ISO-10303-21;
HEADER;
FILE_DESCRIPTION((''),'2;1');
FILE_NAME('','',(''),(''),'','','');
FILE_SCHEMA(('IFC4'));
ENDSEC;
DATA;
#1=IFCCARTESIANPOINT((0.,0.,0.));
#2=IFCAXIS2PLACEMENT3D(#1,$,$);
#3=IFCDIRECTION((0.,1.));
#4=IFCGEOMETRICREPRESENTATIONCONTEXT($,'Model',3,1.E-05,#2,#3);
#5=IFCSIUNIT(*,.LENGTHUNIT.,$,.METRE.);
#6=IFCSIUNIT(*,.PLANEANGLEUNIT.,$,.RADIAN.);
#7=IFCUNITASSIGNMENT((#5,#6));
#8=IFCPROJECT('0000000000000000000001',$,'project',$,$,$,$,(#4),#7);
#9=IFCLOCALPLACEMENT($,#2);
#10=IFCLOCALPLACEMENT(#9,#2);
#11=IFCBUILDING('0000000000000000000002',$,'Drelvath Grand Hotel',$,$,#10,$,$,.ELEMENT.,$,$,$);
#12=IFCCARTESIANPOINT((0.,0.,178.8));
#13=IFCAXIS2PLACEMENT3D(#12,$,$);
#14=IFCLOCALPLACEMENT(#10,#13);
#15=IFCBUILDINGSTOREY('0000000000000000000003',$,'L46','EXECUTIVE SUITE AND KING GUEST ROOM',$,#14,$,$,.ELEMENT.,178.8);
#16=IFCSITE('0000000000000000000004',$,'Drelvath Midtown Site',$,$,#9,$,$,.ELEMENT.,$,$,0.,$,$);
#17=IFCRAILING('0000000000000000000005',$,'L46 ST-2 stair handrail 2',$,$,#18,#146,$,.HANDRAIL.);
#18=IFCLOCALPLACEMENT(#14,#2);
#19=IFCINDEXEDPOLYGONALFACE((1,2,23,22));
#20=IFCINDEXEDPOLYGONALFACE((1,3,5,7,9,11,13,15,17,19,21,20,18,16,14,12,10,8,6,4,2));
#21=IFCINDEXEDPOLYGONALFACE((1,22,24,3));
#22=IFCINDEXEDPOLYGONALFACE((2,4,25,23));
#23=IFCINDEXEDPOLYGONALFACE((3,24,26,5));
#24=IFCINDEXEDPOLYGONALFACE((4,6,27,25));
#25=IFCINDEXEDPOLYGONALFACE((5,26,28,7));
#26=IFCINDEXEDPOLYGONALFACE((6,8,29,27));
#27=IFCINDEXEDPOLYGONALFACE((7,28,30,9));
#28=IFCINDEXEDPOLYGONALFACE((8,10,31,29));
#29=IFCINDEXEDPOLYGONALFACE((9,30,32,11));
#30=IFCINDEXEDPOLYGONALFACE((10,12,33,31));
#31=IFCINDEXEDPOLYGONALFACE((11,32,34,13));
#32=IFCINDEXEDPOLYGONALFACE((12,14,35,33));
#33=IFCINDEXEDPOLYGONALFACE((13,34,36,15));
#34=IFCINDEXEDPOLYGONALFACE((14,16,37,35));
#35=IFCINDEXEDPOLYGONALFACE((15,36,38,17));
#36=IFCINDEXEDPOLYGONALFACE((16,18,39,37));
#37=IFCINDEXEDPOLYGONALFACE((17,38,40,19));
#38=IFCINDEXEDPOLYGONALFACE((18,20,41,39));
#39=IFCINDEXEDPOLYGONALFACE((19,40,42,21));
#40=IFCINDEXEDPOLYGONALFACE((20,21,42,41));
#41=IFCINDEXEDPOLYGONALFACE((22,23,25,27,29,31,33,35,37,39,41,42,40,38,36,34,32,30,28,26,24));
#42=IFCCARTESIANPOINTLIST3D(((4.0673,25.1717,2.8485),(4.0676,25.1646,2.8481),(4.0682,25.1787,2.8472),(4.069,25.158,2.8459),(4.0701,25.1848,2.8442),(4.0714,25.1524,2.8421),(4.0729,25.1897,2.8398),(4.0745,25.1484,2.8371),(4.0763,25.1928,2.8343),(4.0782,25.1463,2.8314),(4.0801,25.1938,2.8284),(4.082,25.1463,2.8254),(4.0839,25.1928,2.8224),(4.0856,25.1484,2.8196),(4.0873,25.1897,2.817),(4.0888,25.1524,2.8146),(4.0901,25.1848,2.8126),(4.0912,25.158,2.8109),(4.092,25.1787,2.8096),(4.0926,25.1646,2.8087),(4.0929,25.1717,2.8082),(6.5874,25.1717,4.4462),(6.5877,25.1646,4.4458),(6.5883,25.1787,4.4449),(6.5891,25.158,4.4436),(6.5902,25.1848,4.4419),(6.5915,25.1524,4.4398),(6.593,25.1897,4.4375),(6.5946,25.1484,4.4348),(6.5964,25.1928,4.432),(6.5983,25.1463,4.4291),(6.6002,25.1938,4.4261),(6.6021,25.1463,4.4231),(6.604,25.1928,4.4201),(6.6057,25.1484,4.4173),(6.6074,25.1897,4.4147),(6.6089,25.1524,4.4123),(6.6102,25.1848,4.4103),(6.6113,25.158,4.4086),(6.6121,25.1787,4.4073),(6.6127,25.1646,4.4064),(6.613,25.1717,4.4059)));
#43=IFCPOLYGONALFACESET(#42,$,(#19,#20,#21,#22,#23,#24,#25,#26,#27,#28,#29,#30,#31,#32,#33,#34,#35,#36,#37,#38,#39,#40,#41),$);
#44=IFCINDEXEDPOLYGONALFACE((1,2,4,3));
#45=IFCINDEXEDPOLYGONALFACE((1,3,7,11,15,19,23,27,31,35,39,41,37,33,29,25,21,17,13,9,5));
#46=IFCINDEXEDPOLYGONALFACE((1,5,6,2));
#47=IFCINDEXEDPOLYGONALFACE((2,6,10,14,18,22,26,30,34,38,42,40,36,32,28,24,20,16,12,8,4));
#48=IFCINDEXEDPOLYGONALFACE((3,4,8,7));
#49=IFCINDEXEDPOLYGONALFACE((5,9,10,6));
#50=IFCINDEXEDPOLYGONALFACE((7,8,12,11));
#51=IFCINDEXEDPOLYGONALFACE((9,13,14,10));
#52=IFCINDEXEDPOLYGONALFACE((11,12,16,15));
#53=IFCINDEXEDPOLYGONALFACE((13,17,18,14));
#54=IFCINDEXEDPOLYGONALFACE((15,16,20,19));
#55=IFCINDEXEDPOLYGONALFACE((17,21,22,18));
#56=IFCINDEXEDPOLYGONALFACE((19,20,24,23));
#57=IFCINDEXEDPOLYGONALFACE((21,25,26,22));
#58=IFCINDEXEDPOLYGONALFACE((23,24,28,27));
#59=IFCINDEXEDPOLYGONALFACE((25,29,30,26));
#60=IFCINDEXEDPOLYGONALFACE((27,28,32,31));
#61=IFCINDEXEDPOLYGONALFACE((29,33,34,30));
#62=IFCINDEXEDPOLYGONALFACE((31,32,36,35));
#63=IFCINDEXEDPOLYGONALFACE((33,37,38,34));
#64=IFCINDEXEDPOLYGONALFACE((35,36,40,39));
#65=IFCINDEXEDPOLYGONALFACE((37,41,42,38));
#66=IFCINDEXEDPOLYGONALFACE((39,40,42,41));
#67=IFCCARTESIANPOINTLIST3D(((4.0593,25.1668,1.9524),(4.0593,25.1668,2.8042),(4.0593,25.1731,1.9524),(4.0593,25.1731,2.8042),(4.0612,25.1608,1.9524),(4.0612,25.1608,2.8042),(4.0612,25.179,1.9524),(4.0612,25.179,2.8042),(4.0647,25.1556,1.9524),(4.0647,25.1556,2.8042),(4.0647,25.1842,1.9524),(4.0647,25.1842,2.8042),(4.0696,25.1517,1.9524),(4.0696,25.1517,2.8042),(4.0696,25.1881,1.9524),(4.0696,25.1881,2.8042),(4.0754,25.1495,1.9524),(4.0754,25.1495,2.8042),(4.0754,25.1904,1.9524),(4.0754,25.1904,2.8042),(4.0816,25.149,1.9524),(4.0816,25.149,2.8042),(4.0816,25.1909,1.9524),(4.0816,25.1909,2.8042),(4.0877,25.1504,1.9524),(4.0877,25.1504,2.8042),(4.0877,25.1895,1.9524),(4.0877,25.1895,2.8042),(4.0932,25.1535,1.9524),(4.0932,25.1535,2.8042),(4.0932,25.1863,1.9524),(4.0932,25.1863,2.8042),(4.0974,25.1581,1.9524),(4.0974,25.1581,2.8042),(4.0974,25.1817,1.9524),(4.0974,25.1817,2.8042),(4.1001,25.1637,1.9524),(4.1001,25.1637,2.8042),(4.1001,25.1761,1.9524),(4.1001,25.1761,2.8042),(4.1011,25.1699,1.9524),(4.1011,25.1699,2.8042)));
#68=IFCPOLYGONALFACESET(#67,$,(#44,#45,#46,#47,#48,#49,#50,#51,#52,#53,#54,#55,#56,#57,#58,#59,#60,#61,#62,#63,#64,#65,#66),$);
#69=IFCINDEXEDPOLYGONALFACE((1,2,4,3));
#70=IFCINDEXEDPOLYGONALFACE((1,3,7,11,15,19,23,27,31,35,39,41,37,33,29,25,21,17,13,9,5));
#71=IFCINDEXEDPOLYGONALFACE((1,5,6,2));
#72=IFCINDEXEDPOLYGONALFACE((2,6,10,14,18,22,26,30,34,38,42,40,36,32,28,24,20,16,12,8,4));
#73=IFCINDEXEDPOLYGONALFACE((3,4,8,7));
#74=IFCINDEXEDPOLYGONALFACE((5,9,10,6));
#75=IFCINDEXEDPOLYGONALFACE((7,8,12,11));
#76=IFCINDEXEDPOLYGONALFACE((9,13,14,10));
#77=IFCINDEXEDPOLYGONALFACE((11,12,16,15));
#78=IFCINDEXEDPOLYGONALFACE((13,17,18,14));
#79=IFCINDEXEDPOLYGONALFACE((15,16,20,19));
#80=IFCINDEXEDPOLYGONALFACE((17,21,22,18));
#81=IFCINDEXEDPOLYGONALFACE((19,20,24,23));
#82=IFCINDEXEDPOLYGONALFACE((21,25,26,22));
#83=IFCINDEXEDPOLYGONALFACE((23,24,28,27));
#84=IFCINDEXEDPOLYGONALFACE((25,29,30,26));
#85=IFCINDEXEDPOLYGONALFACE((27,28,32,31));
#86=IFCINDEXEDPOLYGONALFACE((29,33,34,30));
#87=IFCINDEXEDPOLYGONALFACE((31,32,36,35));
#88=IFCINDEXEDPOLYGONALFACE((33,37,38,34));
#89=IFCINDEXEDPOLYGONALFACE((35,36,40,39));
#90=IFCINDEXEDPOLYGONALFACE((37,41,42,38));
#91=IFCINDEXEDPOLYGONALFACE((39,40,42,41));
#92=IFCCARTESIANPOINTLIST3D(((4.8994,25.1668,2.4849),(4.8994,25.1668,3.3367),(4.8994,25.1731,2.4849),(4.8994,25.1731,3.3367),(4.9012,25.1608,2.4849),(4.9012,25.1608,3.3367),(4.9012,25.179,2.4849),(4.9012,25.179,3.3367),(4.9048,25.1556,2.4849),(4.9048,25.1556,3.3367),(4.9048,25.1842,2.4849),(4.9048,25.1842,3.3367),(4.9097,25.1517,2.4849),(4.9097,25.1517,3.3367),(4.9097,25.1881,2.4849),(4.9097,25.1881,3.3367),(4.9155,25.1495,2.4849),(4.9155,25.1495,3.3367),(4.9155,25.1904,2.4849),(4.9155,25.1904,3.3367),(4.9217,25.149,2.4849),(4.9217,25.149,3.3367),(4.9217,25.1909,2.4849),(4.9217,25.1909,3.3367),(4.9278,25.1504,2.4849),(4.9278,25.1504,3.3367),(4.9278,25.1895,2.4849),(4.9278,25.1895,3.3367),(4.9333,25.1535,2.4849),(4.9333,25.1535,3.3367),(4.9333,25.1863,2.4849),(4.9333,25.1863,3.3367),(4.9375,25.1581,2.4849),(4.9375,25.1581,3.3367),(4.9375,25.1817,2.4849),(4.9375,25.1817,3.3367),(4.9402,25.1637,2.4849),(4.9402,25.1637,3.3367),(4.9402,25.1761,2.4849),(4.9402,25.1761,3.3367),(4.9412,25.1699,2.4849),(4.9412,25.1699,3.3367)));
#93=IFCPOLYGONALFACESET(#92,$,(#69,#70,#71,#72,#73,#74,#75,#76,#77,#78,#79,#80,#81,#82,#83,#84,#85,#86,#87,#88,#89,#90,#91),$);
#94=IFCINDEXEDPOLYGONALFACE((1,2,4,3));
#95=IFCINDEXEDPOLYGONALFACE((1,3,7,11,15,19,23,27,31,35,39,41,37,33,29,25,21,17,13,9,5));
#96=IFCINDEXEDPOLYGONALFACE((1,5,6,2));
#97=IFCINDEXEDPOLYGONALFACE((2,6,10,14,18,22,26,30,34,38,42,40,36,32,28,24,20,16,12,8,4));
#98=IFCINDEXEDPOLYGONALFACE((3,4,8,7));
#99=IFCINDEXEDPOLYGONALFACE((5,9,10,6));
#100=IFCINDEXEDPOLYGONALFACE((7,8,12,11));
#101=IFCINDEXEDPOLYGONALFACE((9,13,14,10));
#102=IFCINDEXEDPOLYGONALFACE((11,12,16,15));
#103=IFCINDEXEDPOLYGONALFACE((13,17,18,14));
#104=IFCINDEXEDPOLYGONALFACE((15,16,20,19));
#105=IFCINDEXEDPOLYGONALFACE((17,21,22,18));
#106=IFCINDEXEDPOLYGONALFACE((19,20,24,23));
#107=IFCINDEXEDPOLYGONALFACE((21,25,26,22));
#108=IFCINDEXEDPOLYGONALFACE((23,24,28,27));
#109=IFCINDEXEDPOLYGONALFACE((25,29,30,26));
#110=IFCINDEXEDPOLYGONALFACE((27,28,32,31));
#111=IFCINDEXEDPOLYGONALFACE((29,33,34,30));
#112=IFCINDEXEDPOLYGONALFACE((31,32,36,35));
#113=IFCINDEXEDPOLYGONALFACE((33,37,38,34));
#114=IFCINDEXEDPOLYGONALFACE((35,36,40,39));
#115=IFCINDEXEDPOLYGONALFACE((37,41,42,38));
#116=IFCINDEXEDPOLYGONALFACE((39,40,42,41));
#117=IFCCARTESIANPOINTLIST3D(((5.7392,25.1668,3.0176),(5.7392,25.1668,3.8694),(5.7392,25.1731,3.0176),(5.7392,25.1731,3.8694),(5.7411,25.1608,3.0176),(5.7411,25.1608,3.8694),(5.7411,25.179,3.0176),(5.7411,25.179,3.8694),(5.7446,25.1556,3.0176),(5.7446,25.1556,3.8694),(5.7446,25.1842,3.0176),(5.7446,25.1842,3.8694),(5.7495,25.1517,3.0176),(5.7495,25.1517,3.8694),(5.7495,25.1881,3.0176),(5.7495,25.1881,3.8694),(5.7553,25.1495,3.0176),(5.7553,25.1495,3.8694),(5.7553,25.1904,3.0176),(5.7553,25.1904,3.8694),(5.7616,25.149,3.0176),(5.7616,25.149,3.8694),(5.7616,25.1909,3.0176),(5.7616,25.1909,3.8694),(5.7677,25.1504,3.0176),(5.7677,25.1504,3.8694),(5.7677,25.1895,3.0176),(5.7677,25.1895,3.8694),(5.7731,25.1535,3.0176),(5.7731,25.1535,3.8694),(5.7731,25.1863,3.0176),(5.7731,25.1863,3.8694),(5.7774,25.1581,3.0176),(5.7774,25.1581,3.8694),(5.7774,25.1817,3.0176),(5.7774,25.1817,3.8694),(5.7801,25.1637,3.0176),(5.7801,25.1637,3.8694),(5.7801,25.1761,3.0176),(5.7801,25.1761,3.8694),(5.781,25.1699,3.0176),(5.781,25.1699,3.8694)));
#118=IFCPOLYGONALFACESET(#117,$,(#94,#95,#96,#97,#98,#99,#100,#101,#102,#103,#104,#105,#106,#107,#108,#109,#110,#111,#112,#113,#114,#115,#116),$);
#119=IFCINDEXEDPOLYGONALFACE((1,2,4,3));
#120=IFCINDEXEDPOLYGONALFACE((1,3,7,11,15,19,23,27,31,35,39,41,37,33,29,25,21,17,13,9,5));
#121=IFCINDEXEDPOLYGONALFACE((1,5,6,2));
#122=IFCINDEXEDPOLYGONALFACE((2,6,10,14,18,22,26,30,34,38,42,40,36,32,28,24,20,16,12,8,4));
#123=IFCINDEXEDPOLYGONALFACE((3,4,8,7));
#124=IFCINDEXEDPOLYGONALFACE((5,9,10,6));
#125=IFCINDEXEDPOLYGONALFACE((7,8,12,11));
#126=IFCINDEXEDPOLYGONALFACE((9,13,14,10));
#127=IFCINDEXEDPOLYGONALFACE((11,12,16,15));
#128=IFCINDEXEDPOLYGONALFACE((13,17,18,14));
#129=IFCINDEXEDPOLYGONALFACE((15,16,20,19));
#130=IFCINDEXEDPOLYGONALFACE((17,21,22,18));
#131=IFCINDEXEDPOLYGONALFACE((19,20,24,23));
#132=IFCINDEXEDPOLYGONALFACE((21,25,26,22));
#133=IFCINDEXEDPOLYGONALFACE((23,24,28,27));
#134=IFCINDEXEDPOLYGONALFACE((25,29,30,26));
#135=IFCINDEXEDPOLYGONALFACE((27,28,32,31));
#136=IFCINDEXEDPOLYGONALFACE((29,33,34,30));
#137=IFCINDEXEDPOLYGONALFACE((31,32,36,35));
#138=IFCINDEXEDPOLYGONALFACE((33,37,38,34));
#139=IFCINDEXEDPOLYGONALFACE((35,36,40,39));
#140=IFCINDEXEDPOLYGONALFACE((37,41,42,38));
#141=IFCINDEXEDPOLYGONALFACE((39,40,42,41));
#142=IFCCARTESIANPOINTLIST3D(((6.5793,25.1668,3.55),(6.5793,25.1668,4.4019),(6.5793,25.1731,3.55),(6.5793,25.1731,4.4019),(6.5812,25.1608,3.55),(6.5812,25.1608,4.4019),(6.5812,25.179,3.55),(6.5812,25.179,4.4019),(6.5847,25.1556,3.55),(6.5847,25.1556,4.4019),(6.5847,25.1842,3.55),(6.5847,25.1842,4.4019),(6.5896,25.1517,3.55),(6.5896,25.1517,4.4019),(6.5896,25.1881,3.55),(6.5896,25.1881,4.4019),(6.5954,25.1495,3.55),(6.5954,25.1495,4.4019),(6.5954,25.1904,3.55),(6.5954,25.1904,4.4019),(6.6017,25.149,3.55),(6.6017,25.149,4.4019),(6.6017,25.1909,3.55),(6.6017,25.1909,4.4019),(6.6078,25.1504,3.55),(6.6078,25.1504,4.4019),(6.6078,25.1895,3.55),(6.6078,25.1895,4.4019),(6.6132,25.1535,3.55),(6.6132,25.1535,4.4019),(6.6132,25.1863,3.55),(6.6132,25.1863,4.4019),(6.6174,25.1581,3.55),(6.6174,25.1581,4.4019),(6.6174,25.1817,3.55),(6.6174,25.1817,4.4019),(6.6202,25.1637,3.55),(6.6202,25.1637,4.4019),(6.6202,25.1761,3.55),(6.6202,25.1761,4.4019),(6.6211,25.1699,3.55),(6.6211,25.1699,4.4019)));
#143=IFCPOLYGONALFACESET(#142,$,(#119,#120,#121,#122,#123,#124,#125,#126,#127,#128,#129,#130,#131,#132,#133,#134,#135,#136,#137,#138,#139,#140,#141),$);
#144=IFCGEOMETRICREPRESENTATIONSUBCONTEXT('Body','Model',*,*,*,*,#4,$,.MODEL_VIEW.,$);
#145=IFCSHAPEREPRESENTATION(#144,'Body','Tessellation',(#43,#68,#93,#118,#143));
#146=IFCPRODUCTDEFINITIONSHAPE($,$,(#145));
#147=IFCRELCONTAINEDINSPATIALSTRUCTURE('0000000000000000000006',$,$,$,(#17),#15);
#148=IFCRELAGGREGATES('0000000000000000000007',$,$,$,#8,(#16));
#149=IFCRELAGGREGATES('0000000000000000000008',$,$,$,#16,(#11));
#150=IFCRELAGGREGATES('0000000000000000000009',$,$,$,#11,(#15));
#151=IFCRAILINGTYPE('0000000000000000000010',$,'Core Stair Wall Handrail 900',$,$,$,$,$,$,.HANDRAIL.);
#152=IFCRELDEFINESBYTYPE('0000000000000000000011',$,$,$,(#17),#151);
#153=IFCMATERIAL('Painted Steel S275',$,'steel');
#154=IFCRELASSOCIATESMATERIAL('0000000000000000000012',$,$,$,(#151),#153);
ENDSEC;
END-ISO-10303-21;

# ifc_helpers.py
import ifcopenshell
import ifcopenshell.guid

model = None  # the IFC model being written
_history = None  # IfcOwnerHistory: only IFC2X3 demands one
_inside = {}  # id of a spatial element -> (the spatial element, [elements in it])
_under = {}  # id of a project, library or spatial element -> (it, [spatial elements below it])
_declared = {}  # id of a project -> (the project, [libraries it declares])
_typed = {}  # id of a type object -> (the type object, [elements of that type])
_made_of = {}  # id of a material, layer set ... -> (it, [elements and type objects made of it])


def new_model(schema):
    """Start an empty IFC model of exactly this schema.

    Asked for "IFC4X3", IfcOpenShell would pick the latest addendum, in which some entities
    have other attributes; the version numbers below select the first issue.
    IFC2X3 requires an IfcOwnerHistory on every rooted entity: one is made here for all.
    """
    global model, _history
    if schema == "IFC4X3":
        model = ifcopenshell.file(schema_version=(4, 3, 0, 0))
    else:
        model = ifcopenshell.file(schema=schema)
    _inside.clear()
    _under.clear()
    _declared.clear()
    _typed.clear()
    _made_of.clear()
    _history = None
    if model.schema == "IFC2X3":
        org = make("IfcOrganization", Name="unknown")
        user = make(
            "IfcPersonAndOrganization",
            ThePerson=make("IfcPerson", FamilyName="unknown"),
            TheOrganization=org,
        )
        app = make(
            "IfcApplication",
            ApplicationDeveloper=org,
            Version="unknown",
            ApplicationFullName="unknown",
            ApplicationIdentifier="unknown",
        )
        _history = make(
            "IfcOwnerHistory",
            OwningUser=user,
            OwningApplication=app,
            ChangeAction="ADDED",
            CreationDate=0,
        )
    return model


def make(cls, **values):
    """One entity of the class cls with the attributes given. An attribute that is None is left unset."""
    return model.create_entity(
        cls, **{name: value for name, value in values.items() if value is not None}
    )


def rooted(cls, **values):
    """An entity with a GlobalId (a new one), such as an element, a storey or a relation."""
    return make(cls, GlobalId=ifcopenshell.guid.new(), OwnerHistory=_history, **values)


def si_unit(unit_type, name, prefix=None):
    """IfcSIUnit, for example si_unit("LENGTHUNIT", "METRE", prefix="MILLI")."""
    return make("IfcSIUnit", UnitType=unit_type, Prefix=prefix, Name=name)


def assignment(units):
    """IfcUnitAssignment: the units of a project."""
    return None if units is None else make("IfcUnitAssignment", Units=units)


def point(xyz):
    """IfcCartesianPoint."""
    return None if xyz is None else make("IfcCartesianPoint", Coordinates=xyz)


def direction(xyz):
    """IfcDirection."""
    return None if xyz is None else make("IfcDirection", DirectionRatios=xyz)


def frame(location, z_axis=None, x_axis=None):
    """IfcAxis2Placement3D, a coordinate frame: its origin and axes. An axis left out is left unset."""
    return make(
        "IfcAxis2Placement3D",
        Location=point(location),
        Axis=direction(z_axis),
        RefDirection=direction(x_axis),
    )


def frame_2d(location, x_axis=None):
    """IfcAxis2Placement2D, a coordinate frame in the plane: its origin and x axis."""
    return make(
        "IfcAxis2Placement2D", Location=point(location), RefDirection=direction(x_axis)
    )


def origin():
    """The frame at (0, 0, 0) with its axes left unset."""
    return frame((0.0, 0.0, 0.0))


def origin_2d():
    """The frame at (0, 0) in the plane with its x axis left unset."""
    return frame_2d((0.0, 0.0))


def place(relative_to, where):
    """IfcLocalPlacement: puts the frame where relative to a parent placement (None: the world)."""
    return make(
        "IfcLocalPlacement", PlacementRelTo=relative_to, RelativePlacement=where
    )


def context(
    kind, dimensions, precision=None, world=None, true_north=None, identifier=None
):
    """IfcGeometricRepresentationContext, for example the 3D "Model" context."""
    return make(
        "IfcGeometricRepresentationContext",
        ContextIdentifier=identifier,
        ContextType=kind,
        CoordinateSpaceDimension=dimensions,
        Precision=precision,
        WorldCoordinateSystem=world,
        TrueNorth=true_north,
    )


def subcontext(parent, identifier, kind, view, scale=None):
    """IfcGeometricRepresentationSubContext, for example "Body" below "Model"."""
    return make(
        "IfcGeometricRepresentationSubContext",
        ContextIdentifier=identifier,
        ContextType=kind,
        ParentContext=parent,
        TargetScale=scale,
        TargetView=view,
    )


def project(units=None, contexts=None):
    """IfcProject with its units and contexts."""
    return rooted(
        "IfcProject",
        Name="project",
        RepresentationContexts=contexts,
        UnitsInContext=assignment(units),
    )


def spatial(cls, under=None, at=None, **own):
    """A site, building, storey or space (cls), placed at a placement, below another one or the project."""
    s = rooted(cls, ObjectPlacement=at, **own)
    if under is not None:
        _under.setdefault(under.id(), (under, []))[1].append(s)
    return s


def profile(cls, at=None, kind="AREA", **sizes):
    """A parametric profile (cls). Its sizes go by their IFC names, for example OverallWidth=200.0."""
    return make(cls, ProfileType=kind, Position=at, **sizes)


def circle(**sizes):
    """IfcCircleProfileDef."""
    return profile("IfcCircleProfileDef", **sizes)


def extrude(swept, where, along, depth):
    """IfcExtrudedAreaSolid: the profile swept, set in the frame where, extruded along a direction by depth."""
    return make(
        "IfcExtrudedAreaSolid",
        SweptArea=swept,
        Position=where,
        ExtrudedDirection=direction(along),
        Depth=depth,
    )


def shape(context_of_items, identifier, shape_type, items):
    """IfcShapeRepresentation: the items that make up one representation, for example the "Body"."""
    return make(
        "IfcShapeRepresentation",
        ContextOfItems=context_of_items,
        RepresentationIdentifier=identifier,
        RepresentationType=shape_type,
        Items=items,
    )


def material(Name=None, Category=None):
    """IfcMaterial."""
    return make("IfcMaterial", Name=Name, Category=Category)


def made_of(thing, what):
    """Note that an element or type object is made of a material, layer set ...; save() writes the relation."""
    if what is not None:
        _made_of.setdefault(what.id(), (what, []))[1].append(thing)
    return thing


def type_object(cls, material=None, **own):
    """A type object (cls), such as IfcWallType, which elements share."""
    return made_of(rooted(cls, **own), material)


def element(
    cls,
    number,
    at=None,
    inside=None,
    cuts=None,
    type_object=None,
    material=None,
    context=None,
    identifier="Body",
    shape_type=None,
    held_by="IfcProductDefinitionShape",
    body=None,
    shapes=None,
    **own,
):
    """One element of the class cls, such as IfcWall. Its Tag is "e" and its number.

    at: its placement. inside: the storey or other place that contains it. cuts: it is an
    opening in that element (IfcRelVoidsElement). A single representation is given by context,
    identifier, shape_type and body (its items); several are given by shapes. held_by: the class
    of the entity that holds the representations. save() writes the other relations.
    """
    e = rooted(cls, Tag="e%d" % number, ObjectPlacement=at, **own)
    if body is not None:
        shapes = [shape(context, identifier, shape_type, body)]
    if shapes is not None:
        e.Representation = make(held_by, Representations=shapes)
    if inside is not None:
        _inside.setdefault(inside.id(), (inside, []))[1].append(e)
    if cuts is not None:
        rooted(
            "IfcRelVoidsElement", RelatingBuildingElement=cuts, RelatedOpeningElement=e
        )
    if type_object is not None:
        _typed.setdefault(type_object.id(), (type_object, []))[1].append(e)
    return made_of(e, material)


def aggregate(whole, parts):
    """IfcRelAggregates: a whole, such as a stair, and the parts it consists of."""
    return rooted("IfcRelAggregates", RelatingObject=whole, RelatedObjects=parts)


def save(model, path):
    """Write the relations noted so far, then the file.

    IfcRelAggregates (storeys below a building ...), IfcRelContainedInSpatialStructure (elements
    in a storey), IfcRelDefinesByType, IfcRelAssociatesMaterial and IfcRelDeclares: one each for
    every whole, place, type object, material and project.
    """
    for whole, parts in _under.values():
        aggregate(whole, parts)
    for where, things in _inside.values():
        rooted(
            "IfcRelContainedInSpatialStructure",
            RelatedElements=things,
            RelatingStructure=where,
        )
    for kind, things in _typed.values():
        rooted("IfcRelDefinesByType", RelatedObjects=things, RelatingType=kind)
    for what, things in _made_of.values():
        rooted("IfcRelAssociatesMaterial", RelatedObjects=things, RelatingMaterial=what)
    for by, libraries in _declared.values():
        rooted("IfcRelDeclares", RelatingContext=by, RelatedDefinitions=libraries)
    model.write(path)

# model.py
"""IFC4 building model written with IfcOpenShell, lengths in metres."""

from ifc_helpers import new_model, si_unit, direction, frame, origin, origin_2d, place, context, subcontext, project, spatial, circle, extrude, material, type_object, element, save


model = new_model("IFC4")

# Units and contexts
model_context = context("Model", 3, precision=1e-05, world=origin(), true_north=direction((0.0, 1.0)))
body_context = subcontext(model_context, "Body", "Model", "MODEL_VIEW")
ifc_project = project(units=[si_unit("LENGTHUNIT", "METRE"), si_unit("PLANEANGLEUNIT", "RADIAN")], contexts=[model_context])

# Site, building, storey
site_placement = place(None, origin())
site = spatial("IfcSite", under=ifc_project, at=site_placement, Name="Drelvath Midtown Site", CompositionType="ELEMENT", RefElevation=0.0)
building_placement = place(site_placement, origin())
building = spatial("IfcBuilding", under=site, at=building_placement, Name="Drelvath Grand Hotel", CompositionType="ELEMENT")
storey_placement = place(building_placement, frame((0.0, 0.0, 178.8)))
storey = spatial("IfcBuildingStorey", under=building, at=storey_placement, Name="L46", Description="EXECUTIVE SUITE AND KING GUEST ROOM", CompositionType="ELEMENT", Elevation=178.8)

# Railing
ifc_material_1 = material(Name="Painted Steel S275", Category="steel")
railing_type = type_object("IfcRailingType", Name="Core Stair Wall Handrail 900", PredefinedType="HANDRAIL", material=ifc_material_1)
railing_placement = place(storey_placement, frame((4.0801, 25.1699, 1.9524)))
element("IfcRailing", 1, at=railing_placement, inside=storey, type_object=railing_type, Name="L46 ST-2 stair handrail 2", PredefinedType="HANDRAIL", context=body_context, shape_type="SweptSolid", body=[
    extrude(circle(Radius=0.0239, at=origin_2d()), frame((0.0, 0.0, 0.876), z_axis=(0.84457, 0.0, 0.535445), x_axis=(0.0, 1.0, 0.0)), (0.0, 0.0, 1.0), 2.9839),
    extrude(circle(Radius=0.021, at=origin_2d()), origin(), (0.0, 0.0, 1.0), 0.8518),
    extrude(circle(Radius=0.021, at=origin_2d()), frame((0.8401, 0.0, 0.5325)), (0.0, 0.0, 1.0), 0.8518),
    extrude(circle(Radius=0.021, at=origin_2d()), frame((1.6799, 0.0, 1.0652)), (0.0, 0.0, 1.0), 0.8518),
    extrude(circle(Radius=0.021, at=origin_2d()), frame((2.52, 0.0, 1.5977)), (0.0, 0.0, 1.0), 0.8518),
])

save(model, "model.ifc")
